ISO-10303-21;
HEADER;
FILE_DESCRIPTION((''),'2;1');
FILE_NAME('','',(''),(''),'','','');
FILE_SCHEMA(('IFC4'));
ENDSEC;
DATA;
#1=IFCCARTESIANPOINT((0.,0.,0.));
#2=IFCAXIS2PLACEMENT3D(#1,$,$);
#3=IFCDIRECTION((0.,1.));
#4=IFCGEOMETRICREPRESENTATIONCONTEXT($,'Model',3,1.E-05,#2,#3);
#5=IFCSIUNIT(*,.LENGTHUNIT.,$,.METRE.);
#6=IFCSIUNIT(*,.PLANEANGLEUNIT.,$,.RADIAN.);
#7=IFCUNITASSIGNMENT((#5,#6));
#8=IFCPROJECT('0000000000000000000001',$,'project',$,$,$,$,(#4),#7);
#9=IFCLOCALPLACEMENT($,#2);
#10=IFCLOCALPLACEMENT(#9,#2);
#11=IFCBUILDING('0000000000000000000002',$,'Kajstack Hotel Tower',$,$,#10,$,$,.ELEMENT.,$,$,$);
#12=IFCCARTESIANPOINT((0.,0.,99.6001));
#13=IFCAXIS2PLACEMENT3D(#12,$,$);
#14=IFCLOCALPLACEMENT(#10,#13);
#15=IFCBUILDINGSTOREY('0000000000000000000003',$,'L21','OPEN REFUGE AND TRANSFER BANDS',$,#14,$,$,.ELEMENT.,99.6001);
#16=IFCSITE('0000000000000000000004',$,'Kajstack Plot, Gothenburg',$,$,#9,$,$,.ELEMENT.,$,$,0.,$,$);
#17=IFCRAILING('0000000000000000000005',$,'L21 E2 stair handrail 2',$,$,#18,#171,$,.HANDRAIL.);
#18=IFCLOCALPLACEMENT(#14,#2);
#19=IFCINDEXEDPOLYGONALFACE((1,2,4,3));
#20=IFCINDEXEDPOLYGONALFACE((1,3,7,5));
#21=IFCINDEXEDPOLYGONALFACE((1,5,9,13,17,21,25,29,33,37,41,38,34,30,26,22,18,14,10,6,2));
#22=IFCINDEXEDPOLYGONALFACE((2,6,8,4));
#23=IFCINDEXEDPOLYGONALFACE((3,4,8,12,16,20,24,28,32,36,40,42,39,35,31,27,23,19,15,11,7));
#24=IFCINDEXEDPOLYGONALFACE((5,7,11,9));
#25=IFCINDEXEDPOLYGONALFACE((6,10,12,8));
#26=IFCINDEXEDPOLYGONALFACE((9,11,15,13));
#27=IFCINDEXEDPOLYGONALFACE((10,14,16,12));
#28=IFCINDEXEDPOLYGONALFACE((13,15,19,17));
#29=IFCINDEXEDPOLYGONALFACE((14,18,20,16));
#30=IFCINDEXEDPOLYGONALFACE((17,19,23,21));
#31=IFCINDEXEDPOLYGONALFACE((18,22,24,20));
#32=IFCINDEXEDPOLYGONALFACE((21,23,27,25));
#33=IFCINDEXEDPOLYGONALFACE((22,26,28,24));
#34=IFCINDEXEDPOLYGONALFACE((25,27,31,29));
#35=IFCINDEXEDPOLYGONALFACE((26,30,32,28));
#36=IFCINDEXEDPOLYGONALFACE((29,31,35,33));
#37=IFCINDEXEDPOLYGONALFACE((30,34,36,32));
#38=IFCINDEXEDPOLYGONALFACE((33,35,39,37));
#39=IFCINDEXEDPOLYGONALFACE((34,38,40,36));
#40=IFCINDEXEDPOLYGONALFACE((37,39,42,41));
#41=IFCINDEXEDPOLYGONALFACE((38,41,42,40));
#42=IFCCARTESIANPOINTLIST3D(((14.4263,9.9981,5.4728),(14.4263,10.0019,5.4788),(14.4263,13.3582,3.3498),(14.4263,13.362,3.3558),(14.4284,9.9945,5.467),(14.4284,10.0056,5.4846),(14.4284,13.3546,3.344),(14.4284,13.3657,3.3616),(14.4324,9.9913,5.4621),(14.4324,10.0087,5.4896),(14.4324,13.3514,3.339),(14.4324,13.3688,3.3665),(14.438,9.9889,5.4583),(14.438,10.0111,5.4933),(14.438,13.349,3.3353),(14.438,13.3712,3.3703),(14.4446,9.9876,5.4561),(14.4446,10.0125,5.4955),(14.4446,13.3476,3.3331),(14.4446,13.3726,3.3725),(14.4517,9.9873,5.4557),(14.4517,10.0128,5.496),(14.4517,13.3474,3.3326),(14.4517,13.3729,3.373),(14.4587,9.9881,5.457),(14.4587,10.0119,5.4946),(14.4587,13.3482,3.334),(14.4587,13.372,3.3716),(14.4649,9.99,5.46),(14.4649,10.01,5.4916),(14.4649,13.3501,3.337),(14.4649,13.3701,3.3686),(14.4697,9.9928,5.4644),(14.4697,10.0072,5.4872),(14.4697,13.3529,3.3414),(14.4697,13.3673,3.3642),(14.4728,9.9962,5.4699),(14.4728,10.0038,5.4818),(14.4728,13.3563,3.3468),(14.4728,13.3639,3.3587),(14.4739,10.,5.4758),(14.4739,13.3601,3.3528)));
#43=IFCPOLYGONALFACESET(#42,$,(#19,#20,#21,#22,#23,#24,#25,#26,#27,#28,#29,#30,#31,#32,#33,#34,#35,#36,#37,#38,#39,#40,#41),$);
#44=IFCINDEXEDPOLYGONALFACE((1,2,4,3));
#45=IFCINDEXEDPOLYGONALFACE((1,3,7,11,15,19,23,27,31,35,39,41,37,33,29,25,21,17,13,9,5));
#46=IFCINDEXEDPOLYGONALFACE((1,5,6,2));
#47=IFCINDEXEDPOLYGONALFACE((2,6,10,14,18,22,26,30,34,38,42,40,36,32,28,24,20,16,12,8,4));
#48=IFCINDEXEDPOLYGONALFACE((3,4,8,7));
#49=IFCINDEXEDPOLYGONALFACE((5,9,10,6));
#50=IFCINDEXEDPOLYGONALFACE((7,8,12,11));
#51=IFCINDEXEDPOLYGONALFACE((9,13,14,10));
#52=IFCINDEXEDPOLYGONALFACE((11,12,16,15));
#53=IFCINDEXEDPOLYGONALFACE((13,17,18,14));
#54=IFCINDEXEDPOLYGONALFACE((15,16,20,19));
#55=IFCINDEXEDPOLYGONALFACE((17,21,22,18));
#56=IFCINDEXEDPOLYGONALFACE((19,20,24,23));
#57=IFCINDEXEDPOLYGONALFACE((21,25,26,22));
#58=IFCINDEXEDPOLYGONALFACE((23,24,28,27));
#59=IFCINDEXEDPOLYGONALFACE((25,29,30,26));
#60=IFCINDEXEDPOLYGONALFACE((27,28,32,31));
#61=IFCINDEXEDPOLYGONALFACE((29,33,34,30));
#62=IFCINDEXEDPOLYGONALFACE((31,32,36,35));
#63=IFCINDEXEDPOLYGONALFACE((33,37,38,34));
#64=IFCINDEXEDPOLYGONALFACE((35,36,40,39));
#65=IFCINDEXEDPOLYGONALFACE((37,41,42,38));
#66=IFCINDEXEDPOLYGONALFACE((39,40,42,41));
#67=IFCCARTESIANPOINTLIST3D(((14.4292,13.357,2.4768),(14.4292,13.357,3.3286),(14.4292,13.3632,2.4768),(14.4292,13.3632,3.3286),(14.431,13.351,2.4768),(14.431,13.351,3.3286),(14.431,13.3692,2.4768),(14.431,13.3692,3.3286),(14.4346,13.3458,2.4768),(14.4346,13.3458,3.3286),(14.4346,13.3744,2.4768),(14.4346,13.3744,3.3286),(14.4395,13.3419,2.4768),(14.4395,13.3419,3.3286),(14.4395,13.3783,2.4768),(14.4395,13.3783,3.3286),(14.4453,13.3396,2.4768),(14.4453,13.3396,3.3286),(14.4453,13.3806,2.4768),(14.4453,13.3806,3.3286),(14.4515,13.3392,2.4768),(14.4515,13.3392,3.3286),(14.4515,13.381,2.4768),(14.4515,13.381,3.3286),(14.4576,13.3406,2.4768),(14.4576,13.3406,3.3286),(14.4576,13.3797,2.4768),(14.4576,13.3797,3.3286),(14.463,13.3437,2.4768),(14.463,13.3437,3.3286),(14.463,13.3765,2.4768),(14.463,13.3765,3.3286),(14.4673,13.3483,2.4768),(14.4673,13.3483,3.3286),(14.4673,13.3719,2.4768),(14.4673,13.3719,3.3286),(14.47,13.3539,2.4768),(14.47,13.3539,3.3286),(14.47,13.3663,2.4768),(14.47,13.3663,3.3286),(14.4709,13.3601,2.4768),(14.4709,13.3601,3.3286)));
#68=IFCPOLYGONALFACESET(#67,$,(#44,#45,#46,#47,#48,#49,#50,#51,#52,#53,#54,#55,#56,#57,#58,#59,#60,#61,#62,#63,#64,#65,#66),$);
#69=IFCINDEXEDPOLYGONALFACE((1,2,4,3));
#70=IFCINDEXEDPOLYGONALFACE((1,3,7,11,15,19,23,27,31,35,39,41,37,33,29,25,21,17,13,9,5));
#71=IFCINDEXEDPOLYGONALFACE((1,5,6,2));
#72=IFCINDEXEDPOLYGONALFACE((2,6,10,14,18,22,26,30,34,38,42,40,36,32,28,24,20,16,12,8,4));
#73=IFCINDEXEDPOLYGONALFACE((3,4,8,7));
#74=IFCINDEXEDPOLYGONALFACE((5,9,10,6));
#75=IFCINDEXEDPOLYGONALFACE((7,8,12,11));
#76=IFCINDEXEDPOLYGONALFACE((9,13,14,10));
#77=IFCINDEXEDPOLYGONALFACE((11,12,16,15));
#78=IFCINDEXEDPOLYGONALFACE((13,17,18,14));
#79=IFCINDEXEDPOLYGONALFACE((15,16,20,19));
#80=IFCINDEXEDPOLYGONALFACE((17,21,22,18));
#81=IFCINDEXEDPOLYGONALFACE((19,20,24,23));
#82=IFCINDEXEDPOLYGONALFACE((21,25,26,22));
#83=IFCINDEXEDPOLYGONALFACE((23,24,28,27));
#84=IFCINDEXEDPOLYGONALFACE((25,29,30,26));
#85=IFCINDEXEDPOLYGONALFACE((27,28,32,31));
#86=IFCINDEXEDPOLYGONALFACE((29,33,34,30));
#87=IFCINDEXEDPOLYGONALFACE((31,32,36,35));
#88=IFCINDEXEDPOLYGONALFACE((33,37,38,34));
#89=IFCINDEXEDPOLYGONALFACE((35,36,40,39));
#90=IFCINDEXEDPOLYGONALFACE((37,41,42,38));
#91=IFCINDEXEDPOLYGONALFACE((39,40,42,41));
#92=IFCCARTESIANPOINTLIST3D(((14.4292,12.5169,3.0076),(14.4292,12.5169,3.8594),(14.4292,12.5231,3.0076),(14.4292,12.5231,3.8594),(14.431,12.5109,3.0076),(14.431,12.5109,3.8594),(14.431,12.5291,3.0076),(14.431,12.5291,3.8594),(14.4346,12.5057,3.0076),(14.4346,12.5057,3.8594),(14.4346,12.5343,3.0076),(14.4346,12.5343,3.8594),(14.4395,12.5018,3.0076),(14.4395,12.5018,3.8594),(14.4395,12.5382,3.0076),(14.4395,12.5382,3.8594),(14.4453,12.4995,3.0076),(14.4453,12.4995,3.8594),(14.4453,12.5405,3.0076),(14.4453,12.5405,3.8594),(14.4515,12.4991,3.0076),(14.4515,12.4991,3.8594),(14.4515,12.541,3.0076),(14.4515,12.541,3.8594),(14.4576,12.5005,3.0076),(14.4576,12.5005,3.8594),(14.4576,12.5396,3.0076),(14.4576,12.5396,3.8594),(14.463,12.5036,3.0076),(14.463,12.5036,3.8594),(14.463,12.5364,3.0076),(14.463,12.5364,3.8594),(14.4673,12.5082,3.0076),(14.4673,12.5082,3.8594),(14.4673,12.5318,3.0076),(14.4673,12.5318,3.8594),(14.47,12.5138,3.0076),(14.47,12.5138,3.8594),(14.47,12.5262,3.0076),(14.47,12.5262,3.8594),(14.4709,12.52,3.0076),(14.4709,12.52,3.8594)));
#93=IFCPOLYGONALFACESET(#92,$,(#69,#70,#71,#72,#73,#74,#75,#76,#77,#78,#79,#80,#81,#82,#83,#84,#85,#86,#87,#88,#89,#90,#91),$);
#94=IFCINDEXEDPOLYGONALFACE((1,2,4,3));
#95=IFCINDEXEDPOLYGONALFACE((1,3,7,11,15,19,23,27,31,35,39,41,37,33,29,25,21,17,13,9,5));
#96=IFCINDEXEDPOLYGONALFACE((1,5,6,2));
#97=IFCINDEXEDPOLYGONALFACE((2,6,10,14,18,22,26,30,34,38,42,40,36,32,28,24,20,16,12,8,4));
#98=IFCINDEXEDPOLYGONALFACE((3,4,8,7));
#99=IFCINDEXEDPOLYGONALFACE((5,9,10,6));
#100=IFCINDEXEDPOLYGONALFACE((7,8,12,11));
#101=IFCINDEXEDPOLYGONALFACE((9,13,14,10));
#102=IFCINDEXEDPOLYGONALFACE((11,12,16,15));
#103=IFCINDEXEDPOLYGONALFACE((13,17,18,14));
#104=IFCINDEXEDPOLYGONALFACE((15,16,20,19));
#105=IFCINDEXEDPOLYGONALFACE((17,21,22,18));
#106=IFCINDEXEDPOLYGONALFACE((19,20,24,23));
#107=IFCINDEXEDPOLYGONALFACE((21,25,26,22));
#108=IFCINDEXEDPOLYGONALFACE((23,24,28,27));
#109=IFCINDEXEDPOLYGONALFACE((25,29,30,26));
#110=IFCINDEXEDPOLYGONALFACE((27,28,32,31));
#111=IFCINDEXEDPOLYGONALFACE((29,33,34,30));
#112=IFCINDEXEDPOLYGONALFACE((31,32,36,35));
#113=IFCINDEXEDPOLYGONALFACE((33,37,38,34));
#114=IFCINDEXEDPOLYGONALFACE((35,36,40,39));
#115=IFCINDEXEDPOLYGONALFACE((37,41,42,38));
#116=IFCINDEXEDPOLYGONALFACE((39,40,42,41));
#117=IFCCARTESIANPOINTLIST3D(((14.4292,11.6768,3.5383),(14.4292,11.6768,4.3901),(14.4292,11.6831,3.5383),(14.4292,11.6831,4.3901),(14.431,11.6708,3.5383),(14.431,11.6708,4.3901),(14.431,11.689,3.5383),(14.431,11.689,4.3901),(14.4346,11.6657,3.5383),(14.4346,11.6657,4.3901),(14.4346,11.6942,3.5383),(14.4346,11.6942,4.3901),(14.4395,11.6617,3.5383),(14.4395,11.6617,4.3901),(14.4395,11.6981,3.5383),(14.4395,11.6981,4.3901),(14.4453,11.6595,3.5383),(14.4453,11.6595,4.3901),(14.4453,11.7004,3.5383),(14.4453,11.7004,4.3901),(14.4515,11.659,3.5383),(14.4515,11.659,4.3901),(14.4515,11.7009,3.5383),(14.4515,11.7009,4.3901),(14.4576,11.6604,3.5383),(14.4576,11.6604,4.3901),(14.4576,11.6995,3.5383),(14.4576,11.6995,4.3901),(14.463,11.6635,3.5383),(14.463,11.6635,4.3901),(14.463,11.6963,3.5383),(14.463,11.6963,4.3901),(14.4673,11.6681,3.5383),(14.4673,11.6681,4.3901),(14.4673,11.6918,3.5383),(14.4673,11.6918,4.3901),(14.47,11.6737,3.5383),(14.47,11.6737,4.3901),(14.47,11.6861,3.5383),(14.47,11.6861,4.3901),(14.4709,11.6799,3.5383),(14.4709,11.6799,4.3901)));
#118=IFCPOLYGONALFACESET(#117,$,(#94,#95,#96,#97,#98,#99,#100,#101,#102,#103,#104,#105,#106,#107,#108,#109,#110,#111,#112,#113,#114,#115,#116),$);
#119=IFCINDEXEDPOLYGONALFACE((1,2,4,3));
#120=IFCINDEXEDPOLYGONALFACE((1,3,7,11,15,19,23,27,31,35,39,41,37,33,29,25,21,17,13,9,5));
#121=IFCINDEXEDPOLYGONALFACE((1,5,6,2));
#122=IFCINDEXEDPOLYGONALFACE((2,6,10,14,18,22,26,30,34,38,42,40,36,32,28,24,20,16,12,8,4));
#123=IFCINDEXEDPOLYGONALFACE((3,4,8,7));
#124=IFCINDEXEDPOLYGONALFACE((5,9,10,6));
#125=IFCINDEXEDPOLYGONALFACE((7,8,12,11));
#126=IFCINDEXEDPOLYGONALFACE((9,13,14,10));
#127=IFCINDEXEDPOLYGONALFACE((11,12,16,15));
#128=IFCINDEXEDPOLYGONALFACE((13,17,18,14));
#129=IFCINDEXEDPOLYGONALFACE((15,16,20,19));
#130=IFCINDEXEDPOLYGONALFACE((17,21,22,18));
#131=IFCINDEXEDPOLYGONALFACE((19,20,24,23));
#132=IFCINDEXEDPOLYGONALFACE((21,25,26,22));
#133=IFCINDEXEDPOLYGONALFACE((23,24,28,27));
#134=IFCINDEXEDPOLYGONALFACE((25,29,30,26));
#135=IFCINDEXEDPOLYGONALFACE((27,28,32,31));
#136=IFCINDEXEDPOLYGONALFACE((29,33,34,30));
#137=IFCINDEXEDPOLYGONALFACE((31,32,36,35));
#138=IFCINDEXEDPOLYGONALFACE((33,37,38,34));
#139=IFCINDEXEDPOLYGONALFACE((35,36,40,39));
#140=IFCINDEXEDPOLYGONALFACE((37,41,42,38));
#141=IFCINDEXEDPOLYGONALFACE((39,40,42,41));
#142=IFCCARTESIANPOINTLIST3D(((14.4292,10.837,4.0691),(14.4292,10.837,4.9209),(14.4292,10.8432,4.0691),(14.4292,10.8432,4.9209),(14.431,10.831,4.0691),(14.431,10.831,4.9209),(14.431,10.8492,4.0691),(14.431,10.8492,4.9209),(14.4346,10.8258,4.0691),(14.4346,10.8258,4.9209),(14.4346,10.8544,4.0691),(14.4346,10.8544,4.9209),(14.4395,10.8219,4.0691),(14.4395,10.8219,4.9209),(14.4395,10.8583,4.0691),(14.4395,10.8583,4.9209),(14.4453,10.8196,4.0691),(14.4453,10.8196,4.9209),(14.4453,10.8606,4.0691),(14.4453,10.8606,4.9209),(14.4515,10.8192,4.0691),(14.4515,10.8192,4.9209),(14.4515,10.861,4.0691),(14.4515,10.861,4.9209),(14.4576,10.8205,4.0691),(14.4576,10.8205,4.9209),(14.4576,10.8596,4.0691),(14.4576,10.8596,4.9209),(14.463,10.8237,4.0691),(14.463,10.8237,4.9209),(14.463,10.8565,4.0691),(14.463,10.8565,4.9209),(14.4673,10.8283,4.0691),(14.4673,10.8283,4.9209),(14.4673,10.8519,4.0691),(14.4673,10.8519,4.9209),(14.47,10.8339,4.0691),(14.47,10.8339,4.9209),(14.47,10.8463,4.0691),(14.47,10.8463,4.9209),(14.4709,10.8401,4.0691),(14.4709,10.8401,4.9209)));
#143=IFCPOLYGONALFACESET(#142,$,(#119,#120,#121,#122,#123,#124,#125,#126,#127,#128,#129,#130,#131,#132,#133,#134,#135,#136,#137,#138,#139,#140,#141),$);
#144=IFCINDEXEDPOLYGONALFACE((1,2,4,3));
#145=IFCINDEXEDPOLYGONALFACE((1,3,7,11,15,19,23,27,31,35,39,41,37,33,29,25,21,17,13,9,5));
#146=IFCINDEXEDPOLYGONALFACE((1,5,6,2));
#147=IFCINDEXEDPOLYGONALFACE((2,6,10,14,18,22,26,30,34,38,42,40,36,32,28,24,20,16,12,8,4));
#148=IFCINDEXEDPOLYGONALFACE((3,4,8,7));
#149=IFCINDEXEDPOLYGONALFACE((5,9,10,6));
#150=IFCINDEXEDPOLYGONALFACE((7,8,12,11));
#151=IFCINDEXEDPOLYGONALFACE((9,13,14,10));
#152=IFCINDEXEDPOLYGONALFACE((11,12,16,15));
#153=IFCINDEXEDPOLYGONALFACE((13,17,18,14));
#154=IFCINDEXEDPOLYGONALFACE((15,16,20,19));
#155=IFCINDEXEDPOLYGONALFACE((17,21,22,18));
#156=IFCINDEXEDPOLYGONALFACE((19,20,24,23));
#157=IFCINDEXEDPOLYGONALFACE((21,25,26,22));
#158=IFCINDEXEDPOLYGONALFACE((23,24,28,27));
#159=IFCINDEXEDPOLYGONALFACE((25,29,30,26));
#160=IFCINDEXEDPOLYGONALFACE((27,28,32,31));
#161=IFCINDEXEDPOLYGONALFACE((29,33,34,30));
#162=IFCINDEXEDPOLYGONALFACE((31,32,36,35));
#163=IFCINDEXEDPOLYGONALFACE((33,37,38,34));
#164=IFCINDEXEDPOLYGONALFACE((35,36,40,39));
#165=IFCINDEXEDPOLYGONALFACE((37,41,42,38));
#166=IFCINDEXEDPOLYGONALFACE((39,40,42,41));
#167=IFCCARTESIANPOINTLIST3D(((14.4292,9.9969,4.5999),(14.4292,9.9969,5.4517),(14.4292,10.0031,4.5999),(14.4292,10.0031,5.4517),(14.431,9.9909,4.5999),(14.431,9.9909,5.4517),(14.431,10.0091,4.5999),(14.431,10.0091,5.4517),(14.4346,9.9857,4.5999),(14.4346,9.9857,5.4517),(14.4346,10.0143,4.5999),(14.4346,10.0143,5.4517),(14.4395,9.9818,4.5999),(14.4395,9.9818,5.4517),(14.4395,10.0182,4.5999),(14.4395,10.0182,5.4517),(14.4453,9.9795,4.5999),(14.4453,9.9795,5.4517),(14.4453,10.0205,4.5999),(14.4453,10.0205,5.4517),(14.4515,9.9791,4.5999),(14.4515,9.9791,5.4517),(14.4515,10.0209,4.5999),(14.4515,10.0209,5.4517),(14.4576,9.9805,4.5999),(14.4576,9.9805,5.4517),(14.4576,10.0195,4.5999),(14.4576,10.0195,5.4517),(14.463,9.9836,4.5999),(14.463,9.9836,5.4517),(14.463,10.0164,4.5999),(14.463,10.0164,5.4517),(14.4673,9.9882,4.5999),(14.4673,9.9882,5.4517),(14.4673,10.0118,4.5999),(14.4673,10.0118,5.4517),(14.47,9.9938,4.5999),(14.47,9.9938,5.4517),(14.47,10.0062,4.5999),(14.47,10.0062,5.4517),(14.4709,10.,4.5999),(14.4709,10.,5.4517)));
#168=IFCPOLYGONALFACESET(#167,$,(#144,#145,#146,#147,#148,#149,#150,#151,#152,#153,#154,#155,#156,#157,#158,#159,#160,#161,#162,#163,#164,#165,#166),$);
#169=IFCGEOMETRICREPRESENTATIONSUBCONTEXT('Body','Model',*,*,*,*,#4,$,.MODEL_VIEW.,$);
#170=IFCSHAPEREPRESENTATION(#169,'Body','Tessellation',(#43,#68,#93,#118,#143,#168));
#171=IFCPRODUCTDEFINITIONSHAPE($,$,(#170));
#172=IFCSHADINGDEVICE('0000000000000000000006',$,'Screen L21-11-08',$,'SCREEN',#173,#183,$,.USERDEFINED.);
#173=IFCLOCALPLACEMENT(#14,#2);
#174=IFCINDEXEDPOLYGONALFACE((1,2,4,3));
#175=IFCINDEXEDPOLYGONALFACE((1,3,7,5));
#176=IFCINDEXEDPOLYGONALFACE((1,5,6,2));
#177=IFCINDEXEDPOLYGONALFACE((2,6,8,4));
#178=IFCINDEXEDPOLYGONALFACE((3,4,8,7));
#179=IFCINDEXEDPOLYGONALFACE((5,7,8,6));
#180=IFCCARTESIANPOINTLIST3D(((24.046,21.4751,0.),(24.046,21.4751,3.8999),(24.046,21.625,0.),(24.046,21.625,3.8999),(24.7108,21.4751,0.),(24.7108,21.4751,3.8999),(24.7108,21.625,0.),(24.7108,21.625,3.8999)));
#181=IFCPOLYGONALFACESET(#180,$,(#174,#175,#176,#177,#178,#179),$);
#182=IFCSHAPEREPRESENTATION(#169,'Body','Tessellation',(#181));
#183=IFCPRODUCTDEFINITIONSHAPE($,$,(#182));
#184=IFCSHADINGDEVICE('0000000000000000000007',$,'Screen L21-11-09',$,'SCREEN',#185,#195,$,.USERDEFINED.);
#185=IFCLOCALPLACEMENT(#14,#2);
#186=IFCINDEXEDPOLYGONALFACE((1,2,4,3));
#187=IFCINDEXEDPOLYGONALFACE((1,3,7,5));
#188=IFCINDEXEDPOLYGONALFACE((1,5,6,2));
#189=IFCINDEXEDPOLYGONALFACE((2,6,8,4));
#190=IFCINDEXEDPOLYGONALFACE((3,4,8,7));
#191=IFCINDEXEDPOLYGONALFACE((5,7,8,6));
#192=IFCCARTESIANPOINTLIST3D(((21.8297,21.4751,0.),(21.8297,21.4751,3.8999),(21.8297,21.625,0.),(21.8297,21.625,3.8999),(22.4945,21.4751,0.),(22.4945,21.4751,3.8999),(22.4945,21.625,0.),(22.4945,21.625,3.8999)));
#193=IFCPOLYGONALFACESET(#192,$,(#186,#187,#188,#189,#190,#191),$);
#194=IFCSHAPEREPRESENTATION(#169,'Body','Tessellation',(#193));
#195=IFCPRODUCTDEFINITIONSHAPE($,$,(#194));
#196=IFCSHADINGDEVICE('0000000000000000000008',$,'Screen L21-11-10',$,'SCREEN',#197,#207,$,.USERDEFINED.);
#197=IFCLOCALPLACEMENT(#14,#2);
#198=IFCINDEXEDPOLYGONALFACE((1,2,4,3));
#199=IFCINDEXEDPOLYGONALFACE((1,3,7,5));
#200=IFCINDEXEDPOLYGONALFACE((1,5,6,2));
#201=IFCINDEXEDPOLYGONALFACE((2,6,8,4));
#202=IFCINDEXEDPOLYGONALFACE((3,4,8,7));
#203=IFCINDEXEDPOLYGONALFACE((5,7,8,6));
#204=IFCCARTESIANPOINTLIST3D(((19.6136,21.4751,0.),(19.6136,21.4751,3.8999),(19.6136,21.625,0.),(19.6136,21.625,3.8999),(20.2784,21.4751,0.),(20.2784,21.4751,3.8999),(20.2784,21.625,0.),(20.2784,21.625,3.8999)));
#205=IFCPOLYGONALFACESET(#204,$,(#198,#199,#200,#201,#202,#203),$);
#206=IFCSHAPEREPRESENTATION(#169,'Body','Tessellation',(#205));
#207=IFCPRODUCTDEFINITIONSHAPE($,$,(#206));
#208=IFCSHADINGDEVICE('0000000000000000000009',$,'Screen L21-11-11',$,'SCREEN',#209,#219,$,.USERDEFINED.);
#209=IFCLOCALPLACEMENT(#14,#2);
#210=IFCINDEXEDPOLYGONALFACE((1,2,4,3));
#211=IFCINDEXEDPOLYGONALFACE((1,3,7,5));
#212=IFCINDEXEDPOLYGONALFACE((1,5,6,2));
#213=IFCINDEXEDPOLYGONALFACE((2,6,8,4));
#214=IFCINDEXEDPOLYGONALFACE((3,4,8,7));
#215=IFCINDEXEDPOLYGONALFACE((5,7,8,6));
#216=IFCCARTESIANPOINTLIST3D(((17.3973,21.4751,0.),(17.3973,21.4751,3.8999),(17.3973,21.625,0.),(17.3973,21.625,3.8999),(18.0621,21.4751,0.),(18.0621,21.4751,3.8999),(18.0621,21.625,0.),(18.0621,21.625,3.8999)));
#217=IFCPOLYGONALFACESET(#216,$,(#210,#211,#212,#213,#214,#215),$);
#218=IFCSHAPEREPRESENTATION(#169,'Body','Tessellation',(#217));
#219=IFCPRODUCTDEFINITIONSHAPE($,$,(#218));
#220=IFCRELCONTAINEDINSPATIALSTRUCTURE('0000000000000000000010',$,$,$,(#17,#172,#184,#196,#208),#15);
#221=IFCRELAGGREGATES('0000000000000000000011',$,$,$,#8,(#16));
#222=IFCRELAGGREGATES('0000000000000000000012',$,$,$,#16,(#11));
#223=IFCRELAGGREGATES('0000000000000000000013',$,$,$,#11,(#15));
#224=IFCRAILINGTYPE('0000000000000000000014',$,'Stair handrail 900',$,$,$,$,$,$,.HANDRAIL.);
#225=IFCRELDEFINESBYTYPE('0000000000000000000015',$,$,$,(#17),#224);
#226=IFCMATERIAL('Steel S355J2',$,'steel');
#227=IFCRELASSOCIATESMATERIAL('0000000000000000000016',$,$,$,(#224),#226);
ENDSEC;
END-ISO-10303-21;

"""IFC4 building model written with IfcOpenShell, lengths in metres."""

from ifc_helpers import new_model, si_unit, direction, frame, origin, origin_2d, place, context, subcontext, project, spatial, rectangle, circle, extrude, material, type_object, element, save


model = new_model("IFC4")

# Units and contexts
model_context = context("Model", 3, precision=1e-05, world=origin(), true_north=direction((0.0, 1.0)))
body_context = subcontext(model_context, "Body", "Model", "MODEL_VIEW")
ifc_project = project(units=[si_unit("LENGTHUNIT", "METRE"), si_unit("PLANEANGLEUNIT", "RADIAN")], contexts=[model_context])

# Site, building, storey
site_placement = place(None, origin())
site = spatial("IfcSite", under=ifc_project, at=site_placement, Name="Kajstack Plot, Gothenburg", CompositionType="ELEMENT", RefElevation=0.0)
building_placement = place(site_placement, origin())
building = spatial("IfcBuilding", under=site, at=building_placement, Name="Kajstack Hotel Tower", CompositionType="ELEMENT")
storey_placement = place(building_placement, frame((0.0, 0.0, 99.6001)))
storey = spatial("IfcBuildingStorey", under=building, at=storey_placement, Name="L21", Description="OPEN REFUGE AND TRANSFER BANDS", CompositionType="ELEMENT", Elevation=99.6001)

# Shared definitions
ifc_material_1 = material(Name="Steel S355J2", Category="steel")

# Railing
railing_type = type_object("IfcRailingType", Name="Stair handrail 900", PredefinedType="HANDRAIL", material=ifc_material_1)
railing_placement = place(storey_placement, frame((14.45, 13.3601, 2.4768)))
element("IfcRailing", 1, at=railing_placement, inside=storey, type_object=railing_type, Name="L21 E2 stair handrail 2", PredefinedType="HANDRAIL", context=body_context, shape_type="SweptSolid", body=[
    extrude(circle(Radius=0.0239, at=origin_2d()), frame((0.0, 0.0, 0.876), z_axis=(0.0, -0.84539, 0.53415), x_axis=(1.0, 0.0, 0.0)), (0.0, 0.0, 1.0), 3.9746),
    extrude(circle(Radius=0.021, at=origin_2d()), origin(), (0.0, 0.0, 1.0), 0.8518),
    extrude(circle(Radius=0.021, at=origin_2d()), frame((0.0, -0.8401, 0.5308)), (0.0, 0.0, 1.0), 0.8518),
    extrude(circle(Radius=0.021, at=origin_2d()), frame((0.0, -1.6802, 1.0615)), (0.0, 0.0, 1.0), 0.8518),
    extrude(circle(Radius=0.021, at=origin_2d()), frame((0.0, -2.52, 1.5923)), (0.0, 0.0, 1.0), 0.8518),
    extrude(circle(Radius=0.021, at=origin_2d()), frame((0.0, -3.3601, 2.123)), (0.0, 0.0, 1.0), 0.8518),
])

# Shading devices
for number, where, z_axis, x_axis, name in (
    (2, (24.3784, 21.55, 0.0), (0.0, 0.0, 1.0), (-1.0, 0.0, 0.0), "Screen L21-11-08"),
    (3, (22.1621, 21.55, 0.0), (0.0, 0.0, 1.0), (-1.0, 0.0, 0.0), "Screen L21-11-09"),
    (4, (19.946, 21.55, 0.0), (0.0, 0.0, 1.0), (-1.0, 0.0, 0.0), "Screen L21-11-10"),
    (5, (17.7297, 21.55, 0.0), (0.0, 0.0, 1.0), (-1.0, 0.0, 0.0), "Screen L21-11-11"),
):
    element("IfcShadingDevice", number, at=place(storey_placement, frame(where, z_axis=z_axis, x_axis=x_axis)), inside=storey, Name=name, ObjectType="SCREEN", PredefinedType="USERDEFINED", context=body_context, shape_type="SweptSolid", body=[
        extrude(rectangle(XDim=0.6648, YDim=0.1499, at=origin_2d()), origin(), (0.0, 0.0, 1.0), 3.8999),
    ])

save(model, "model.ifc")
